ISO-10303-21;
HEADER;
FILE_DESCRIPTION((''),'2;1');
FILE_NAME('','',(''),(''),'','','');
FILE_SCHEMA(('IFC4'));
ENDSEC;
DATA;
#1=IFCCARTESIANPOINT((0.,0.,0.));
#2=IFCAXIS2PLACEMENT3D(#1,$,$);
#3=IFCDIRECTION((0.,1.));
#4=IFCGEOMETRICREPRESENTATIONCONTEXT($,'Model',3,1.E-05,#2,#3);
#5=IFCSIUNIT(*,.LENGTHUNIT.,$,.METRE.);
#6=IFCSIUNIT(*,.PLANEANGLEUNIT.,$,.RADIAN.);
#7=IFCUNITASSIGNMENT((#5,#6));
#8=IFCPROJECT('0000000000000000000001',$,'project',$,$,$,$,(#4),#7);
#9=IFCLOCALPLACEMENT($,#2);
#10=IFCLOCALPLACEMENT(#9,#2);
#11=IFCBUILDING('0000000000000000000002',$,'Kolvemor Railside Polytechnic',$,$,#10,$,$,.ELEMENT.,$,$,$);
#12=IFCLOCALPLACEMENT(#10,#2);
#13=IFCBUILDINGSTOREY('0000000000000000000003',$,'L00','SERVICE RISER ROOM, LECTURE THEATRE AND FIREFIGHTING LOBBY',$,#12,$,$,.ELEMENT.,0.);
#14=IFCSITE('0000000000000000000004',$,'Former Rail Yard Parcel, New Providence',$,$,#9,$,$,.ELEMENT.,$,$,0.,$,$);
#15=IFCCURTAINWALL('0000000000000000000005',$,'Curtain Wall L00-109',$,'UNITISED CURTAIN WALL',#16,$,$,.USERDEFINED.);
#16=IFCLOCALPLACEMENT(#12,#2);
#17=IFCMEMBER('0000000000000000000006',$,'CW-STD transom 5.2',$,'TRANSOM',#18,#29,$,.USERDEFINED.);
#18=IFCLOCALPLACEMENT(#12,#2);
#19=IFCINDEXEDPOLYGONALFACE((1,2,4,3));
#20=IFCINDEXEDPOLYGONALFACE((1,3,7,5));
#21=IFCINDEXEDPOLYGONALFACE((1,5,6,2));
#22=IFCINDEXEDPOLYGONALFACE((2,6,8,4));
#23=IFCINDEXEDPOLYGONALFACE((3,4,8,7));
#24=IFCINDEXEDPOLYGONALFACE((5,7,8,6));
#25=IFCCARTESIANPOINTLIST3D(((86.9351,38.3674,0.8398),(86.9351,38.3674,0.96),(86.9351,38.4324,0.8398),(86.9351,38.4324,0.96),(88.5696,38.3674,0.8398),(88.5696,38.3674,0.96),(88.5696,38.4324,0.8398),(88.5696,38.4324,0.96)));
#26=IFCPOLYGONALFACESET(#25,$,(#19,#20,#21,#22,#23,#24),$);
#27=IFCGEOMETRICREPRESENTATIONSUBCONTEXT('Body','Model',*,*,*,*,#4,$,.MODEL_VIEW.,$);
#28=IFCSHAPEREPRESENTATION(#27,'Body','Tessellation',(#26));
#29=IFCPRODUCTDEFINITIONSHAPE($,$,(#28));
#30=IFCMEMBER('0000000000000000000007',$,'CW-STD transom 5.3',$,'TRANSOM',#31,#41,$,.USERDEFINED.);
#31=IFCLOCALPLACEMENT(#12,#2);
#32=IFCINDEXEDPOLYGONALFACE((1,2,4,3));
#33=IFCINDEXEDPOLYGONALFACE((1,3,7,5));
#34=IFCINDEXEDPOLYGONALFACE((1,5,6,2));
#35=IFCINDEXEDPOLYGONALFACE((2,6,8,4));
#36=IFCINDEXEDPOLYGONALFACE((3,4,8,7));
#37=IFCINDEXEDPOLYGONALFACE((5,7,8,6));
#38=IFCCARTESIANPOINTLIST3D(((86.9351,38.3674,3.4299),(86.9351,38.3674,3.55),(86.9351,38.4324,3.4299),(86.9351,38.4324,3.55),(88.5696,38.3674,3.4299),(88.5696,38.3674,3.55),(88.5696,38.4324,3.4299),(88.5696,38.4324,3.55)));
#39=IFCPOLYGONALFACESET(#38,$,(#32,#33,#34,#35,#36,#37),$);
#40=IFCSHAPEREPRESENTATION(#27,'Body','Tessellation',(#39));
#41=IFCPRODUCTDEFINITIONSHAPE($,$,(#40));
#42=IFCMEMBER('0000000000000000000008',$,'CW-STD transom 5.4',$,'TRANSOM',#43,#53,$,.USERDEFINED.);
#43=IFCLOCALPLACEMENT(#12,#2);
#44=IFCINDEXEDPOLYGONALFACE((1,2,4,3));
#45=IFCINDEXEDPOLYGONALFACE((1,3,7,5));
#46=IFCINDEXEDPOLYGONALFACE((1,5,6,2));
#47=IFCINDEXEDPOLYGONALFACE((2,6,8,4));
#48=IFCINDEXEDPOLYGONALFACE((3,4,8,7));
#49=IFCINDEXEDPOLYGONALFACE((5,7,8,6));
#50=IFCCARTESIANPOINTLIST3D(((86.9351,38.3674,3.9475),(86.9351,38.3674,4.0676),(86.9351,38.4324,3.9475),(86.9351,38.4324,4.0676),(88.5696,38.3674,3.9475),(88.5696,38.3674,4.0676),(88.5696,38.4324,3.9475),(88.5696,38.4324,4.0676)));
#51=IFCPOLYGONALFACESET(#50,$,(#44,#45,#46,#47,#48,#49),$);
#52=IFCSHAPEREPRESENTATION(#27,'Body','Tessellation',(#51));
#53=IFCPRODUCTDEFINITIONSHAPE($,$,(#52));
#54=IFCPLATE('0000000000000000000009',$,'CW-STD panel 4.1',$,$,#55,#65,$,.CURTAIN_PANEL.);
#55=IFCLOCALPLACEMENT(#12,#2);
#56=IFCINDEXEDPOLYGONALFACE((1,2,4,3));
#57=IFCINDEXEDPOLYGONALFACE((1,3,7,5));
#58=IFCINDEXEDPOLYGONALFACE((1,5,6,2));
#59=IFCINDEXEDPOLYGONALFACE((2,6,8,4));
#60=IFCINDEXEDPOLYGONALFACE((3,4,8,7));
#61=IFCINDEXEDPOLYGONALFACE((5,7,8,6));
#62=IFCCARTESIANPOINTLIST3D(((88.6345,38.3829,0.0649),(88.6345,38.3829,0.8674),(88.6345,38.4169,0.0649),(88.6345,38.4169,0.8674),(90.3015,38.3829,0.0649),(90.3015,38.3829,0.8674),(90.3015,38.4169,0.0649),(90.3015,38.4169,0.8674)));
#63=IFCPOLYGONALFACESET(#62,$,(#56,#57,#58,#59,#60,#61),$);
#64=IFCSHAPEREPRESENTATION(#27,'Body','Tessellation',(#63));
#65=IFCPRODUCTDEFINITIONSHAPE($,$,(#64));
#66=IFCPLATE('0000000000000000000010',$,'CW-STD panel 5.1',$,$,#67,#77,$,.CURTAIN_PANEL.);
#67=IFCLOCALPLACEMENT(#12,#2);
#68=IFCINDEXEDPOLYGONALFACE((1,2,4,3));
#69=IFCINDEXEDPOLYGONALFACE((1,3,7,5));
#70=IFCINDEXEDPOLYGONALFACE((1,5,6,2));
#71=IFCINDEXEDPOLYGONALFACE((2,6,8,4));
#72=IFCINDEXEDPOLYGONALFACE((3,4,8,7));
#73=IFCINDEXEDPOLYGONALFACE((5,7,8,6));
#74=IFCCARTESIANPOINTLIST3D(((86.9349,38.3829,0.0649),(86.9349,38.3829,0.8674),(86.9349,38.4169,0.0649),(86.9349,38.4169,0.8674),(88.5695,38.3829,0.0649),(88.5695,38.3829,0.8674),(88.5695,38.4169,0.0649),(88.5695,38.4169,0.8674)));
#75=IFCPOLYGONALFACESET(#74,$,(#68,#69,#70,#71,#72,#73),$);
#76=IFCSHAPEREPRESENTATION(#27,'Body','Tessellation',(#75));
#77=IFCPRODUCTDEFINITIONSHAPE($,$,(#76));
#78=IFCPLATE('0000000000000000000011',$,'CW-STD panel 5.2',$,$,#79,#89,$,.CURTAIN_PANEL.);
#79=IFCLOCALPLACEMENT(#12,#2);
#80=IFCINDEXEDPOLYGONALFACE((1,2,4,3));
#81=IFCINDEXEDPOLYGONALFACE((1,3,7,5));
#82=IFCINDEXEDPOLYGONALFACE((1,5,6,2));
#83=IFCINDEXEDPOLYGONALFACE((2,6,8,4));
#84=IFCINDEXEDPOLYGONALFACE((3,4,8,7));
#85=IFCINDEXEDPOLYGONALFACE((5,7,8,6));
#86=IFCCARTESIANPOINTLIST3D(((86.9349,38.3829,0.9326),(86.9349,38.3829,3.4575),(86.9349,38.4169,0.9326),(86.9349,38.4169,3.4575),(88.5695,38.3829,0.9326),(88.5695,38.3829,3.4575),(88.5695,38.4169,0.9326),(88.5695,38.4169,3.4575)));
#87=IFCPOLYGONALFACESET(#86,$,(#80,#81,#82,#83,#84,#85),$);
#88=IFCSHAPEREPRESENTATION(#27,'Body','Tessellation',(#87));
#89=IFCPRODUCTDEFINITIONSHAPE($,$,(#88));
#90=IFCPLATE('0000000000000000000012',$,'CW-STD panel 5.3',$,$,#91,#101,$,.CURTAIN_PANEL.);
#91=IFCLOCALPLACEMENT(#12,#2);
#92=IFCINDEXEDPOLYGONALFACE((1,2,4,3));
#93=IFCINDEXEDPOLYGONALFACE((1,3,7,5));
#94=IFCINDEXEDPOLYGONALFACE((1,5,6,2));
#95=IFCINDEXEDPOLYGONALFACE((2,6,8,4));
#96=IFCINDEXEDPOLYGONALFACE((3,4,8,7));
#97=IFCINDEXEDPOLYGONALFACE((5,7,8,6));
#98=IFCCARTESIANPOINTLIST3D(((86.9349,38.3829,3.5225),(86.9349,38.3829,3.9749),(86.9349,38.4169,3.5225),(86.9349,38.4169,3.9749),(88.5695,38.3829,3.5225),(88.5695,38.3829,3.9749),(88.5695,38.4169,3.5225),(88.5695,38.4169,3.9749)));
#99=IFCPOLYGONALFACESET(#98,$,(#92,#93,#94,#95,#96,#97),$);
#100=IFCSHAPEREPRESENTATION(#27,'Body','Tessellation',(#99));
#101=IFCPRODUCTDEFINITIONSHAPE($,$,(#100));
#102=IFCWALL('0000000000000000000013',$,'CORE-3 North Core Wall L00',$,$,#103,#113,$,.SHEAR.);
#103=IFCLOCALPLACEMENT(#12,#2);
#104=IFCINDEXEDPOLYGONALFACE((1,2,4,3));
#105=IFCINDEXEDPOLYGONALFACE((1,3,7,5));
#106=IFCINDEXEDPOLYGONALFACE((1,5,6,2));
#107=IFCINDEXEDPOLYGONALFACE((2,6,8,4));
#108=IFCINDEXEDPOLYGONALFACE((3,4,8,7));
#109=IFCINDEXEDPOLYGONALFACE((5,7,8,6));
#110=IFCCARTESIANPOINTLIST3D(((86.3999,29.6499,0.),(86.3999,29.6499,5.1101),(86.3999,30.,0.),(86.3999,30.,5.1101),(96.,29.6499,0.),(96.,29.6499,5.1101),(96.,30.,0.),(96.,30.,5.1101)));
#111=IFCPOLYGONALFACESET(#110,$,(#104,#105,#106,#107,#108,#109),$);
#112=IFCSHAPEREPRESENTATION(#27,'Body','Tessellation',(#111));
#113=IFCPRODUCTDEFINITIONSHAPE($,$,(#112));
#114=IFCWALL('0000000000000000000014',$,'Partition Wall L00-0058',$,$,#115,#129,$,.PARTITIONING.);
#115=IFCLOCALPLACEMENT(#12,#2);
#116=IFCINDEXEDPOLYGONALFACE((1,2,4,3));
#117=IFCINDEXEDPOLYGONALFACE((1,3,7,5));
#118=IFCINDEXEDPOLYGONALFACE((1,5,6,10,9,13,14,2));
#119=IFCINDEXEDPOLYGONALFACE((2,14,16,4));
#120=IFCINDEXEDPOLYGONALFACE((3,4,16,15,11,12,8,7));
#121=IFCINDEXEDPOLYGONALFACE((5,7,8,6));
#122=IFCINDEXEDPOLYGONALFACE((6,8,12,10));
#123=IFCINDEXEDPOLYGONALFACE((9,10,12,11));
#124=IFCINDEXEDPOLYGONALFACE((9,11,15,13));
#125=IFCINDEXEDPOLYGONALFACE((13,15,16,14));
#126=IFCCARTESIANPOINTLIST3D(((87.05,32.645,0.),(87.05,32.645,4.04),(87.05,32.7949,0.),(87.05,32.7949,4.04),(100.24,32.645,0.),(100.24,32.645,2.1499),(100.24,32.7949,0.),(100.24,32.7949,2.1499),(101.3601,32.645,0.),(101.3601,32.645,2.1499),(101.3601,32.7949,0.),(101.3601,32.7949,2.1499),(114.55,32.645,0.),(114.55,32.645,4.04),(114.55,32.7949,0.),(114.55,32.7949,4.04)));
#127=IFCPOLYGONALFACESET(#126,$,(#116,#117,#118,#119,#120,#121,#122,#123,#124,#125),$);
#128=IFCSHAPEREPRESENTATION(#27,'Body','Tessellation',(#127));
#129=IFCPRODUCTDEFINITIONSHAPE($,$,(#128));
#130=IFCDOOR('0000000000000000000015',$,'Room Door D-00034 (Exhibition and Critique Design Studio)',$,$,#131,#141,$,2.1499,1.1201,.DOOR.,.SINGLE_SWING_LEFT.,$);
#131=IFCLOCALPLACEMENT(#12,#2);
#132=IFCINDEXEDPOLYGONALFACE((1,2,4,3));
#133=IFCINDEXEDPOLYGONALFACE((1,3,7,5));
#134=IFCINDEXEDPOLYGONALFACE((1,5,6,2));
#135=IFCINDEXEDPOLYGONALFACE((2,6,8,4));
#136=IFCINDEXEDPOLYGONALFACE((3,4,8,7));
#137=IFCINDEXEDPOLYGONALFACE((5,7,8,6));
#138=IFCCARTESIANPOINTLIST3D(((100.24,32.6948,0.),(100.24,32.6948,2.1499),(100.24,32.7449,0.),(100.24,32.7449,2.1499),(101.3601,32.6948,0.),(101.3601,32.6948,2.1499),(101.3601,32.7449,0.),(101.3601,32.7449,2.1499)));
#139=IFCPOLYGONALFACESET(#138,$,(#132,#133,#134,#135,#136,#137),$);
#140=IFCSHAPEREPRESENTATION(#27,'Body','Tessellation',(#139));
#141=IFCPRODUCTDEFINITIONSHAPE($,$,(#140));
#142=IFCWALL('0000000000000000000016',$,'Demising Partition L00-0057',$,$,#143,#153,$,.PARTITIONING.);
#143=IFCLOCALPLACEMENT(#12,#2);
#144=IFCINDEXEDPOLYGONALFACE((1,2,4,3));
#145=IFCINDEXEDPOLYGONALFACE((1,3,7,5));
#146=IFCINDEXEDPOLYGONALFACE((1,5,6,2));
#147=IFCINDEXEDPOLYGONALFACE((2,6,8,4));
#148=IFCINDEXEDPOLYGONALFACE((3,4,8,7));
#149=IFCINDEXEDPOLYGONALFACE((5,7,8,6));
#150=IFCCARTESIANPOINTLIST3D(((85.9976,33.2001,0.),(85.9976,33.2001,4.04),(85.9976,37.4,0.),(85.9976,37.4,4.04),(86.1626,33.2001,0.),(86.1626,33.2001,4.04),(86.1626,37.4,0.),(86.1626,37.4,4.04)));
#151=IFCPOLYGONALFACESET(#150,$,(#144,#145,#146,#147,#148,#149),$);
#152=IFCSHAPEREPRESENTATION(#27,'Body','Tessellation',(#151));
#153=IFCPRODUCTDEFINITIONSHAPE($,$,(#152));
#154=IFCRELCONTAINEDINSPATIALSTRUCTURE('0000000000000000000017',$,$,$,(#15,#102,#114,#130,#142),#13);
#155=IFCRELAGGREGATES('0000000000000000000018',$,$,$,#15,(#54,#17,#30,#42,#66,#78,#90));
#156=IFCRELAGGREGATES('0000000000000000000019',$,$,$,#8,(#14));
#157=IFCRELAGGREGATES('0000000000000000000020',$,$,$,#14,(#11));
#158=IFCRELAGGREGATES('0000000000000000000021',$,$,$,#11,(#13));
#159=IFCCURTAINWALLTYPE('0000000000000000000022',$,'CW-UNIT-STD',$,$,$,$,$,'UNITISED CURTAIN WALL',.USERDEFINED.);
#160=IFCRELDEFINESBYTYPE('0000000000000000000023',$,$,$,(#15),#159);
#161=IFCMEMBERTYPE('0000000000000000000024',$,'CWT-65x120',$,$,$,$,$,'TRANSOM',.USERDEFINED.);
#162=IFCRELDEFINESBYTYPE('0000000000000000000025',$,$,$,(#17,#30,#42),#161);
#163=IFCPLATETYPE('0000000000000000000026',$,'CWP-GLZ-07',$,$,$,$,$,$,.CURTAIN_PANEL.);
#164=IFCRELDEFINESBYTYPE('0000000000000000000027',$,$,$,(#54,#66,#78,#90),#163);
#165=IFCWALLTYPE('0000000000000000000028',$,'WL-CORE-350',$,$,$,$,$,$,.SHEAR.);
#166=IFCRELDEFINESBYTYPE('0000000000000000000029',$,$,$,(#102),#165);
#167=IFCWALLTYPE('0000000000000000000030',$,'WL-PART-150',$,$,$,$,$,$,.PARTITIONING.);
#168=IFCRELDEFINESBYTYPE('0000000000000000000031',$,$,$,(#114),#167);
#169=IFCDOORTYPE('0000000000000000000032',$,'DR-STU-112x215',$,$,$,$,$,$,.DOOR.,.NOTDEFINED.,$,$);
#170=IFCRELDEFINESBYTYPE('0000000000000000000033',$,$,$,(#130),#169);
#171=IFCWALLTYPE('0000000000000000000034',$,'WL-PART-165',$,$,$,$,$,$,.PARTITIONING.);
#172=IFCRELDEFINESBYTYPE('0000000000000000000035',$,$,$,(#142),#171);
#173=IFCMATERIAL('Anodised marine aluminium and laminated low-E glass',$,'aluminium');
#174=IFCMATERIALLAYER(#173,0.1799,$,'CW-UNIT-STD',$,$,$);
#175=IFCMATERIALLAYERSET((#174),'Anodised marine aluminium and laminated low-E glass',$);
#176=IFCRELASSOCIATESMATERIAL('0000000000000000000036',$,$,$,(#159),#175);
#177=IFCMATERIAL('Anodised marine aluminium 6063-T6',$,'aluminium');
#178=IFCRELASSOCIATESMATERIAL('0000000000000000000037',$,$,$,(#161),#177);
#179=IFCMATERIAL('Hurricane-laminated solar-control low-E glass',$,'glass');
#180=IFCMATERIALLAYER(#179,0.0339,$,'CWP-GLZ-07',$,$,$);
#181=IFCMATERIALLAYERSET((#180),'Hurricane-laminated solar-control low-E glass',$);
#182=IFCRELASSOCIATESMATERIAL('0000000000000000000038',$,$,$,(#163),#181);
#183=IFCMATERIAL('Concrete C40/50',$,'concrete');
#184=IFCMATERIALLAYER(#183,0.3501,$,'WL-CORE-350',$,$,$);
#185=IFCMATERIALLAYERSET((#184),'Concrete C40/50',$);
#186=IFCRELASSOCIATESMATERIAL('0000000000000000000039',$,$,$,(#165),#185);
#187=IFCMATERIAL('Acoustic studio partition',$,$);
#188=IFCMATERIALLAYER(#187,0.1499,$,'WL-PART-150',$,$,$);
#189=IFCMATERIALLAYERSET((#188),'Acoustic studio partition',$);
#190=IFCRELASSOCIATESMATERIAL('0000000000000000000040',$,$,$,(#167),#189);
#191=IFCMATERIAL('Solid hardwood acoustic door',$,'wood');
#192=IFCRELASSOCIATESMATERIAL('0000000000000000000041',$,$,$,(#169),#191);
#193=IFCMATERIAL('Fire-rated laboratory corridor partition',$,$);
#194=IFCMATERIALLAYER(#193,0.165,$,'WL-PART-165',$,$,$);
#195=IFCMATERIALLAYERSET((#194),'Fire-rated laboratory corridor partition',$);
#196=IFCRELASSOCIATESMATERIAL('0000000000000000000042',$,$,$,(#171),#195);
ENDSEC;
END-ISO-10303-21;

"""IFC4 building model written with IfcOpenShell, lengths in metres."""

from ifc_helpers import new_model, si_unit, direction, frame, frame_2d, origin, origin_2d, place, context, subcontext, project, spatial, rectangle, extrude, material, layer, layer_set, material_profile, profile_set, type_object, element, fill, aggregate, save


model = new_model("IFC4")

# Units and contexts
model_context = context("Model", 3, precision=1e-05, world=origin(), true_north=direction((0.0, 1.0)))
body_context = subcontext(model_context, "Body", "Model", "MODEL_VIEW")
ifc_project = project(units=[si_unit("LENGTHUNIT", "METRE"), si_unit("PLANEANGLEUNIT", "RADIAN")], contexts=[model_context])

# Site, building, storey
site_placement = place(None, origin())
site = spatial("IfcSite", under=ifc_project, at=site_placement, Name="Former Rail Yard Parcel, New Providence", CompositionType="ELEMENT", RefElevation=0.0)
building_placement = place(site_placement, origin())
building = spatial("IfcBuilding", under=site, at=building_placement, Name="Kolvemor Railside Polytechnic", CompositionType="ELEMENT")
storey_placement = place(building_placement, origin())
storey = spatial("IfcBuildingStorey", under=building, at=storey_placement, Name="L00", Description="SERVICE RISER ROOM, LECTURE THEATRE AND FIREFIGHTING LOBBY", CompositionType="ELEMENT", Elevation=0.0)

# Shared definitions
ifc_material_1 = material(Name="Anodised marine aluminium and laminated low-E glass", Category="aluminium")
ifc_layer_1 = layer(ifc_material_1, 0.1799, Name="CW-UNIT-STD")
ifc_layer_set_1 = layer_set([ifc_layer_1], Name="Anodised marine aluminium and laminated low-E glass")
curtain_wall_type = type_object("IfcCurtainWallType", Name="CW-UNIT-STD", ElementType="UNITISED CURTAIN WALL", PredefinedType="USERDEFINED", material=ifc_layer_set_1)

# Curtain wall
curtain_wall_1_placement = place(storey_placement, origin())
curtain_wall_1 = element("IfcCurtainWall", 1, at=curtain_wall_1_placement, inside=storey, type_object=curtain_wall_type, Name="Curtain Wall L00-109", ObjectType="UNITISED CURTAIN WALL", PredefinedType="USERDEFINED")

# Members
ifc_material_2 = material(Name="Anodised marine aluminium 6063-T6", Category="aluminium")
ifc_material_profile_1 = material_profile(ifc_material_2, rectangle(XDim=0.0649, YDim=0.1201, at=origin_2d()), Name="CW-TRN-65x120")
ifc_profile_set_1 = profile_set([ifc_material_profile_1], Name="Anodised marine aluminium 6063-T6")
member_type_1 = type_object("IfcMemberType", Name="CWT-65x120", ElementType="TRANSOM", PredefinedType="USERDEFINED", material=ifc_profile_set_1)
member_1_placement = place(storey_placement, frame((88.5696, 38.3999, 0.8999), z_axis=(-1.0, 0.0, 0.0), x_axis=(0.0, -1.0, 0.0)))
member_1 = element("IfcMember", 2, at=member_1_placement, type_object=member_type_1, Name="CW-STD transom 5.2", ObjectType="TRANSOM", PredefinedType="USERDEFINED", context=body_context, shape_type="SweptSolid", body=[
    extrude(rectangle(XDim=0.0649, YDim=0.1201, at=origin_2d()), origin(), (0.0, 0.0, 1.0), 1.6345),
])
member_2_placement = place(storey_placement, frame((88.5696, 38.3999, 3.49), z_axis=(-1.0, 0.0, 0.0), x_axis=(0.0, -1.0, 0.0)))
member_2 = element("IfcMember", 3, at=member_2_placement, type_object=member_type_1, Name="CW-STD transom 5.3", ObjectType="TRANSOM", PredefinedType="USERDEFINED", context=body_context, shape_type="SweptSolid", body=[
    extrude(rectangle(XDim=0.0649, YDim=0.1201, at=origin_2d()), origin(), (0.0, 0.0, 1.0), 1.6345),
])
member_3_placement = place(storey_placement, frame((88.5696, 38.3999, 4.0076), z_axis=(-1.0, 0.0, 0.0), x_axis=(0.0, -1.0, 0.0)))
member_3 = element("IfcMember", 4, at=member_3_placement, type_object=member_type_1, Name="CW-STD transom 5.4", ObjectType="TRANSOM", PredefinedType="USERDEFINED", context=body_context, shape_type="SweptSolid", body=[
    extrude(rectangle(XDim=0.0649, YDim=0.1201, at=origin_2d()), origin(), (0.0, 0.0, 1.0), 1.6345),
])

# Plates
ifc_material_3 = material(Name="Hurricane-laminated solar-control low-E glass", Category="glass")
ifc_layer_2 = layer(ifc_material_3, 0.0339, Name="CWP-GLZ-07")
ifc_layer_set_2 = layer_set([ifc_layer_2], Name="Hurricane-laminated solar-control low-E glass")
plate_type = type_object("IfcPlateType", Name="CWP-GLZ-07", PredefinedType="CURTAIN_PANEL", material=ifc_layer_set_2)
plate_1_placement = place(storey_placement, frame((89.468, 38.3999, 0.0649), z_axis=(0.0, 0.0, 1.0), x_axis=(-1.0, 0.0, 0.0)))
plate_1 = element("IfcPlate", 5, at=plate_1_placement, type_object=plate_type, Name="CW-STD panel 4.1", PredefinedType="CURTAIN_PANEL", context=body_context, shape_type="SweptSolid", body=[
    extrude(rectangle(XDim=1.667, YDim=0.0339, at=origin_2d()), origin(), (0.0, 0.0, 1.0), 0.8025),
])
plate_2_placement = place(storey_placement, frame((87.7522, 38.3999, 0.0649), z_axis=(0.0, 0.0, 1.0), x_axis=(-1.0, 0.0, 0.0)))
plate_2 = element("IfcPlate", 6, at=plate_2_placement, type_object=plate_type, Name="CW-STD panel 5.1", PredefinedType="CURTAIN_PANEL", context=body_context, shape_type="SweptSolid", body=[
    extrude(rectangle(XDim=1.6345, YDim=0.0339, at=origin_2d()), origin(), (0.0, 0.0, 1.0), 0.8025),
])
plate_3_placement = place(storey_placement, frame((87.7522, 38.3999, 0.9326), z_axis=(0.0, 0.0, 1.0), x_axis=(-1.0, 0.0, 0.0)))
plate_3 = element("IfcPlate", 7, at=plate_3_placement, type_object=plate_type, Name="CW-STD panel 5.2", PredefinedType="CURTAIN_PANEL", context=body_context, shape_type="SweptSolid", body=[
    extrude(rectangle(XDim=1.6345, YDim=0.0339, at=origin_2d()), origin(), (0.0, 0.0, 1.0), 2.5249),
])
plate_4_placement = place(storey_placement, frame((87.7522, 38.3999, 3.5225), z_axis=(0.0, 0.0, 1.0), x_axis=(-1.0, 0.0, 0.0)))
plate_4 = element("IfcPlate", 8, at=plate_4_placement, type_object=plate_type, Name="CW-STD panel 5.3", PredefinedType="CURTAIN_PANEL", context=body_context, shape_type="SweptSolid", body=[
    extrude(rectangle(XDim=1.6345, YDim=0.0339, at=origin_2d()), origin(), (0.0, 0.0, 1.0), 0.4524),
])
aggregate(curtain_wall_1, [plate_1, member_1, member_2, member_3, plate_2, plate_3, plate_4])

# Wall
ifc_material_4 = material(Name="Concrete C40/50", Category="concrete")
ifc_layer_3 = layer(ifc_material_4, 0.3501, Name="WL-CORE-350")
ifc_layer_set_3 = layer_set([ifc_layer_3], Name="Concrete C40/50")
wall_type_1 = type_object("IfcWallType", Name="WL-CORE-350", PredefinedType="SHEAR", material=ifc_layer_set_3)
wall_1_placement = place(storey_placement, frame((86.3999, 29.825, 0.0), z_axis=(0.0, 0.0, 1.0), x_axis=(1.0, 0.0, 0.0)))
element("IfcWall", 9, at=wall_1_placement, inside=storey, type_object=wall_type_1, Name="CORE-3 North Core Wall L00", PredefinedType="SHEAR", context=body_context, shape_type="SweptSolid", body=[
    extrude(rectangle(XDim=9.6001, YDim=0.3501, at=frame_2d((4.8, 0.0))), origin(), (0.0, 0.0, 1.0), 5.1101),
])

# Wall, opening, door
ifc_material_5 = material(Name="Acoustic studio partition")
ifc_layer_4 = layer(ifc_material_5, 0.1499, Name="WL-PART-150")
ifc_layer_set_4 = layer_set([ifc_layer_4], Name="Acoustic studio partition")
wall_type_2 = type_object("IfcWallType", Name="WL-PART-150", PredefinedType="PARTITIONING", material=ifc_layer_set_4)
wall_2_placement = place(storey_placement, frame((87.05, 32.72, 0.0), z_axis=(0.0, 0.0, 1.0), x_axis=(1.0, 0.0, 0.0)))
wall_2 = element("IfcWall", 10, at=wall_2_placement, inside=storey, type_object=wall_type_2, Name="Partition Wall L00-0058", PredefinedType="PARTITIONING", context=body_context, shape_type="SweptSolid", body=[
    extrude(rectangle(XDim=27.5, YDim=0.1499, at=frame_2d((13.75, 0.0))), origin(), (0.0, 0.0, 1.0), 4.04),
])
opening_1_placement = place(wall_2_placement, frame((13.1899, 0.0, 0.0)))
opening_1 = element("IfcOpeningElement", 11, at=opening_1_placement, cuts=wall_2, PredefinedType="OPENING", context=body_context, shape_type="SweptSolid", body=[
    extrude(rectangle(XDim=1.1201, YDim=2.1499, at=frame_2d((0.5601, 1.075))), frame((0.0, 0.085, 0.0), z_axis=(0.0, -1.0, 0.0), x_axis=(1.0, 0.0, 0.0)), (0.0, 0.0, 1.0), 0.1699),
])
ifc_material_6 = material(Name="Solid hardwood acoustic door", Category="wood")
door_type_1 = type_object("IfcDoorType", Name="DR-STU-112x215", OperationType="NOTDEFINED", PredefinedType="DOOR", material=ifc_material_6)
door_1_placement = place(opening_1_placement, origin())
door_1 = element("IfcDoor", 12, at=door_1_placement, inside=storey, type_object=door_type_1, Name="Room Door D-00034 (Exhibition and Critique Design Studio)", OperationType="SINGLE_SWING_LEFT", OverallHeight=2.1499, OverallWidth=1.1201, PredefinedType="DOOR", context=body_context, shape_type="SweptSolid", body=[
    extrude(rectangle(XDim=1.1201, YDim=2.1499, at=frame_2d((0.5601, 1.075))), frame((0.0, 0.0249, 0.0), z_axis=(0.0, -1.0, 0.0), x_axis=(1.0, 0.0, 0.0)), (0.0, 0.0, 1.0), 0.05),
])
fill(opening_1, door_1)

# Wall
ifc_material_7 = material(Name="Fire-rated laboratory corridor partition")
ifc_layer_5 = layer(ifc_material_7, 0.165, Name="WL-PART-165")
ifc_layer_set_5 = layer_set([ifc_layer_5], Name="Fire-rated laboratory corridor partition")
wall_type_3 = type_object("IfcWallType", Name="WL-PART-165", PredefinedType="PARTITIONING", material=ifc_layer_set_5)
wall_3_placement = place(storey_placement, frame((86.0801, 33.2, 0.0), z_axis=(0.0, 0.0, 1.0), x_axis=(0.0, 1.0, 0.0)))
element("IfcWall", 13, at=wall_3_placement, inside=storey, type_object=wall_type_3, Name="Demising Partition L00-0057", PredefinedType="PARTITIONING", context=body_context, shape_type="SweptSolid", body=[
    extrude(rectangle(XDim=4.2, YDim=0.165, at=frame_2d((2.1001, 0.0))), origin(), (0.0, 0.0, 1.0), 4.04),
])

save(model, "model.ifc")
